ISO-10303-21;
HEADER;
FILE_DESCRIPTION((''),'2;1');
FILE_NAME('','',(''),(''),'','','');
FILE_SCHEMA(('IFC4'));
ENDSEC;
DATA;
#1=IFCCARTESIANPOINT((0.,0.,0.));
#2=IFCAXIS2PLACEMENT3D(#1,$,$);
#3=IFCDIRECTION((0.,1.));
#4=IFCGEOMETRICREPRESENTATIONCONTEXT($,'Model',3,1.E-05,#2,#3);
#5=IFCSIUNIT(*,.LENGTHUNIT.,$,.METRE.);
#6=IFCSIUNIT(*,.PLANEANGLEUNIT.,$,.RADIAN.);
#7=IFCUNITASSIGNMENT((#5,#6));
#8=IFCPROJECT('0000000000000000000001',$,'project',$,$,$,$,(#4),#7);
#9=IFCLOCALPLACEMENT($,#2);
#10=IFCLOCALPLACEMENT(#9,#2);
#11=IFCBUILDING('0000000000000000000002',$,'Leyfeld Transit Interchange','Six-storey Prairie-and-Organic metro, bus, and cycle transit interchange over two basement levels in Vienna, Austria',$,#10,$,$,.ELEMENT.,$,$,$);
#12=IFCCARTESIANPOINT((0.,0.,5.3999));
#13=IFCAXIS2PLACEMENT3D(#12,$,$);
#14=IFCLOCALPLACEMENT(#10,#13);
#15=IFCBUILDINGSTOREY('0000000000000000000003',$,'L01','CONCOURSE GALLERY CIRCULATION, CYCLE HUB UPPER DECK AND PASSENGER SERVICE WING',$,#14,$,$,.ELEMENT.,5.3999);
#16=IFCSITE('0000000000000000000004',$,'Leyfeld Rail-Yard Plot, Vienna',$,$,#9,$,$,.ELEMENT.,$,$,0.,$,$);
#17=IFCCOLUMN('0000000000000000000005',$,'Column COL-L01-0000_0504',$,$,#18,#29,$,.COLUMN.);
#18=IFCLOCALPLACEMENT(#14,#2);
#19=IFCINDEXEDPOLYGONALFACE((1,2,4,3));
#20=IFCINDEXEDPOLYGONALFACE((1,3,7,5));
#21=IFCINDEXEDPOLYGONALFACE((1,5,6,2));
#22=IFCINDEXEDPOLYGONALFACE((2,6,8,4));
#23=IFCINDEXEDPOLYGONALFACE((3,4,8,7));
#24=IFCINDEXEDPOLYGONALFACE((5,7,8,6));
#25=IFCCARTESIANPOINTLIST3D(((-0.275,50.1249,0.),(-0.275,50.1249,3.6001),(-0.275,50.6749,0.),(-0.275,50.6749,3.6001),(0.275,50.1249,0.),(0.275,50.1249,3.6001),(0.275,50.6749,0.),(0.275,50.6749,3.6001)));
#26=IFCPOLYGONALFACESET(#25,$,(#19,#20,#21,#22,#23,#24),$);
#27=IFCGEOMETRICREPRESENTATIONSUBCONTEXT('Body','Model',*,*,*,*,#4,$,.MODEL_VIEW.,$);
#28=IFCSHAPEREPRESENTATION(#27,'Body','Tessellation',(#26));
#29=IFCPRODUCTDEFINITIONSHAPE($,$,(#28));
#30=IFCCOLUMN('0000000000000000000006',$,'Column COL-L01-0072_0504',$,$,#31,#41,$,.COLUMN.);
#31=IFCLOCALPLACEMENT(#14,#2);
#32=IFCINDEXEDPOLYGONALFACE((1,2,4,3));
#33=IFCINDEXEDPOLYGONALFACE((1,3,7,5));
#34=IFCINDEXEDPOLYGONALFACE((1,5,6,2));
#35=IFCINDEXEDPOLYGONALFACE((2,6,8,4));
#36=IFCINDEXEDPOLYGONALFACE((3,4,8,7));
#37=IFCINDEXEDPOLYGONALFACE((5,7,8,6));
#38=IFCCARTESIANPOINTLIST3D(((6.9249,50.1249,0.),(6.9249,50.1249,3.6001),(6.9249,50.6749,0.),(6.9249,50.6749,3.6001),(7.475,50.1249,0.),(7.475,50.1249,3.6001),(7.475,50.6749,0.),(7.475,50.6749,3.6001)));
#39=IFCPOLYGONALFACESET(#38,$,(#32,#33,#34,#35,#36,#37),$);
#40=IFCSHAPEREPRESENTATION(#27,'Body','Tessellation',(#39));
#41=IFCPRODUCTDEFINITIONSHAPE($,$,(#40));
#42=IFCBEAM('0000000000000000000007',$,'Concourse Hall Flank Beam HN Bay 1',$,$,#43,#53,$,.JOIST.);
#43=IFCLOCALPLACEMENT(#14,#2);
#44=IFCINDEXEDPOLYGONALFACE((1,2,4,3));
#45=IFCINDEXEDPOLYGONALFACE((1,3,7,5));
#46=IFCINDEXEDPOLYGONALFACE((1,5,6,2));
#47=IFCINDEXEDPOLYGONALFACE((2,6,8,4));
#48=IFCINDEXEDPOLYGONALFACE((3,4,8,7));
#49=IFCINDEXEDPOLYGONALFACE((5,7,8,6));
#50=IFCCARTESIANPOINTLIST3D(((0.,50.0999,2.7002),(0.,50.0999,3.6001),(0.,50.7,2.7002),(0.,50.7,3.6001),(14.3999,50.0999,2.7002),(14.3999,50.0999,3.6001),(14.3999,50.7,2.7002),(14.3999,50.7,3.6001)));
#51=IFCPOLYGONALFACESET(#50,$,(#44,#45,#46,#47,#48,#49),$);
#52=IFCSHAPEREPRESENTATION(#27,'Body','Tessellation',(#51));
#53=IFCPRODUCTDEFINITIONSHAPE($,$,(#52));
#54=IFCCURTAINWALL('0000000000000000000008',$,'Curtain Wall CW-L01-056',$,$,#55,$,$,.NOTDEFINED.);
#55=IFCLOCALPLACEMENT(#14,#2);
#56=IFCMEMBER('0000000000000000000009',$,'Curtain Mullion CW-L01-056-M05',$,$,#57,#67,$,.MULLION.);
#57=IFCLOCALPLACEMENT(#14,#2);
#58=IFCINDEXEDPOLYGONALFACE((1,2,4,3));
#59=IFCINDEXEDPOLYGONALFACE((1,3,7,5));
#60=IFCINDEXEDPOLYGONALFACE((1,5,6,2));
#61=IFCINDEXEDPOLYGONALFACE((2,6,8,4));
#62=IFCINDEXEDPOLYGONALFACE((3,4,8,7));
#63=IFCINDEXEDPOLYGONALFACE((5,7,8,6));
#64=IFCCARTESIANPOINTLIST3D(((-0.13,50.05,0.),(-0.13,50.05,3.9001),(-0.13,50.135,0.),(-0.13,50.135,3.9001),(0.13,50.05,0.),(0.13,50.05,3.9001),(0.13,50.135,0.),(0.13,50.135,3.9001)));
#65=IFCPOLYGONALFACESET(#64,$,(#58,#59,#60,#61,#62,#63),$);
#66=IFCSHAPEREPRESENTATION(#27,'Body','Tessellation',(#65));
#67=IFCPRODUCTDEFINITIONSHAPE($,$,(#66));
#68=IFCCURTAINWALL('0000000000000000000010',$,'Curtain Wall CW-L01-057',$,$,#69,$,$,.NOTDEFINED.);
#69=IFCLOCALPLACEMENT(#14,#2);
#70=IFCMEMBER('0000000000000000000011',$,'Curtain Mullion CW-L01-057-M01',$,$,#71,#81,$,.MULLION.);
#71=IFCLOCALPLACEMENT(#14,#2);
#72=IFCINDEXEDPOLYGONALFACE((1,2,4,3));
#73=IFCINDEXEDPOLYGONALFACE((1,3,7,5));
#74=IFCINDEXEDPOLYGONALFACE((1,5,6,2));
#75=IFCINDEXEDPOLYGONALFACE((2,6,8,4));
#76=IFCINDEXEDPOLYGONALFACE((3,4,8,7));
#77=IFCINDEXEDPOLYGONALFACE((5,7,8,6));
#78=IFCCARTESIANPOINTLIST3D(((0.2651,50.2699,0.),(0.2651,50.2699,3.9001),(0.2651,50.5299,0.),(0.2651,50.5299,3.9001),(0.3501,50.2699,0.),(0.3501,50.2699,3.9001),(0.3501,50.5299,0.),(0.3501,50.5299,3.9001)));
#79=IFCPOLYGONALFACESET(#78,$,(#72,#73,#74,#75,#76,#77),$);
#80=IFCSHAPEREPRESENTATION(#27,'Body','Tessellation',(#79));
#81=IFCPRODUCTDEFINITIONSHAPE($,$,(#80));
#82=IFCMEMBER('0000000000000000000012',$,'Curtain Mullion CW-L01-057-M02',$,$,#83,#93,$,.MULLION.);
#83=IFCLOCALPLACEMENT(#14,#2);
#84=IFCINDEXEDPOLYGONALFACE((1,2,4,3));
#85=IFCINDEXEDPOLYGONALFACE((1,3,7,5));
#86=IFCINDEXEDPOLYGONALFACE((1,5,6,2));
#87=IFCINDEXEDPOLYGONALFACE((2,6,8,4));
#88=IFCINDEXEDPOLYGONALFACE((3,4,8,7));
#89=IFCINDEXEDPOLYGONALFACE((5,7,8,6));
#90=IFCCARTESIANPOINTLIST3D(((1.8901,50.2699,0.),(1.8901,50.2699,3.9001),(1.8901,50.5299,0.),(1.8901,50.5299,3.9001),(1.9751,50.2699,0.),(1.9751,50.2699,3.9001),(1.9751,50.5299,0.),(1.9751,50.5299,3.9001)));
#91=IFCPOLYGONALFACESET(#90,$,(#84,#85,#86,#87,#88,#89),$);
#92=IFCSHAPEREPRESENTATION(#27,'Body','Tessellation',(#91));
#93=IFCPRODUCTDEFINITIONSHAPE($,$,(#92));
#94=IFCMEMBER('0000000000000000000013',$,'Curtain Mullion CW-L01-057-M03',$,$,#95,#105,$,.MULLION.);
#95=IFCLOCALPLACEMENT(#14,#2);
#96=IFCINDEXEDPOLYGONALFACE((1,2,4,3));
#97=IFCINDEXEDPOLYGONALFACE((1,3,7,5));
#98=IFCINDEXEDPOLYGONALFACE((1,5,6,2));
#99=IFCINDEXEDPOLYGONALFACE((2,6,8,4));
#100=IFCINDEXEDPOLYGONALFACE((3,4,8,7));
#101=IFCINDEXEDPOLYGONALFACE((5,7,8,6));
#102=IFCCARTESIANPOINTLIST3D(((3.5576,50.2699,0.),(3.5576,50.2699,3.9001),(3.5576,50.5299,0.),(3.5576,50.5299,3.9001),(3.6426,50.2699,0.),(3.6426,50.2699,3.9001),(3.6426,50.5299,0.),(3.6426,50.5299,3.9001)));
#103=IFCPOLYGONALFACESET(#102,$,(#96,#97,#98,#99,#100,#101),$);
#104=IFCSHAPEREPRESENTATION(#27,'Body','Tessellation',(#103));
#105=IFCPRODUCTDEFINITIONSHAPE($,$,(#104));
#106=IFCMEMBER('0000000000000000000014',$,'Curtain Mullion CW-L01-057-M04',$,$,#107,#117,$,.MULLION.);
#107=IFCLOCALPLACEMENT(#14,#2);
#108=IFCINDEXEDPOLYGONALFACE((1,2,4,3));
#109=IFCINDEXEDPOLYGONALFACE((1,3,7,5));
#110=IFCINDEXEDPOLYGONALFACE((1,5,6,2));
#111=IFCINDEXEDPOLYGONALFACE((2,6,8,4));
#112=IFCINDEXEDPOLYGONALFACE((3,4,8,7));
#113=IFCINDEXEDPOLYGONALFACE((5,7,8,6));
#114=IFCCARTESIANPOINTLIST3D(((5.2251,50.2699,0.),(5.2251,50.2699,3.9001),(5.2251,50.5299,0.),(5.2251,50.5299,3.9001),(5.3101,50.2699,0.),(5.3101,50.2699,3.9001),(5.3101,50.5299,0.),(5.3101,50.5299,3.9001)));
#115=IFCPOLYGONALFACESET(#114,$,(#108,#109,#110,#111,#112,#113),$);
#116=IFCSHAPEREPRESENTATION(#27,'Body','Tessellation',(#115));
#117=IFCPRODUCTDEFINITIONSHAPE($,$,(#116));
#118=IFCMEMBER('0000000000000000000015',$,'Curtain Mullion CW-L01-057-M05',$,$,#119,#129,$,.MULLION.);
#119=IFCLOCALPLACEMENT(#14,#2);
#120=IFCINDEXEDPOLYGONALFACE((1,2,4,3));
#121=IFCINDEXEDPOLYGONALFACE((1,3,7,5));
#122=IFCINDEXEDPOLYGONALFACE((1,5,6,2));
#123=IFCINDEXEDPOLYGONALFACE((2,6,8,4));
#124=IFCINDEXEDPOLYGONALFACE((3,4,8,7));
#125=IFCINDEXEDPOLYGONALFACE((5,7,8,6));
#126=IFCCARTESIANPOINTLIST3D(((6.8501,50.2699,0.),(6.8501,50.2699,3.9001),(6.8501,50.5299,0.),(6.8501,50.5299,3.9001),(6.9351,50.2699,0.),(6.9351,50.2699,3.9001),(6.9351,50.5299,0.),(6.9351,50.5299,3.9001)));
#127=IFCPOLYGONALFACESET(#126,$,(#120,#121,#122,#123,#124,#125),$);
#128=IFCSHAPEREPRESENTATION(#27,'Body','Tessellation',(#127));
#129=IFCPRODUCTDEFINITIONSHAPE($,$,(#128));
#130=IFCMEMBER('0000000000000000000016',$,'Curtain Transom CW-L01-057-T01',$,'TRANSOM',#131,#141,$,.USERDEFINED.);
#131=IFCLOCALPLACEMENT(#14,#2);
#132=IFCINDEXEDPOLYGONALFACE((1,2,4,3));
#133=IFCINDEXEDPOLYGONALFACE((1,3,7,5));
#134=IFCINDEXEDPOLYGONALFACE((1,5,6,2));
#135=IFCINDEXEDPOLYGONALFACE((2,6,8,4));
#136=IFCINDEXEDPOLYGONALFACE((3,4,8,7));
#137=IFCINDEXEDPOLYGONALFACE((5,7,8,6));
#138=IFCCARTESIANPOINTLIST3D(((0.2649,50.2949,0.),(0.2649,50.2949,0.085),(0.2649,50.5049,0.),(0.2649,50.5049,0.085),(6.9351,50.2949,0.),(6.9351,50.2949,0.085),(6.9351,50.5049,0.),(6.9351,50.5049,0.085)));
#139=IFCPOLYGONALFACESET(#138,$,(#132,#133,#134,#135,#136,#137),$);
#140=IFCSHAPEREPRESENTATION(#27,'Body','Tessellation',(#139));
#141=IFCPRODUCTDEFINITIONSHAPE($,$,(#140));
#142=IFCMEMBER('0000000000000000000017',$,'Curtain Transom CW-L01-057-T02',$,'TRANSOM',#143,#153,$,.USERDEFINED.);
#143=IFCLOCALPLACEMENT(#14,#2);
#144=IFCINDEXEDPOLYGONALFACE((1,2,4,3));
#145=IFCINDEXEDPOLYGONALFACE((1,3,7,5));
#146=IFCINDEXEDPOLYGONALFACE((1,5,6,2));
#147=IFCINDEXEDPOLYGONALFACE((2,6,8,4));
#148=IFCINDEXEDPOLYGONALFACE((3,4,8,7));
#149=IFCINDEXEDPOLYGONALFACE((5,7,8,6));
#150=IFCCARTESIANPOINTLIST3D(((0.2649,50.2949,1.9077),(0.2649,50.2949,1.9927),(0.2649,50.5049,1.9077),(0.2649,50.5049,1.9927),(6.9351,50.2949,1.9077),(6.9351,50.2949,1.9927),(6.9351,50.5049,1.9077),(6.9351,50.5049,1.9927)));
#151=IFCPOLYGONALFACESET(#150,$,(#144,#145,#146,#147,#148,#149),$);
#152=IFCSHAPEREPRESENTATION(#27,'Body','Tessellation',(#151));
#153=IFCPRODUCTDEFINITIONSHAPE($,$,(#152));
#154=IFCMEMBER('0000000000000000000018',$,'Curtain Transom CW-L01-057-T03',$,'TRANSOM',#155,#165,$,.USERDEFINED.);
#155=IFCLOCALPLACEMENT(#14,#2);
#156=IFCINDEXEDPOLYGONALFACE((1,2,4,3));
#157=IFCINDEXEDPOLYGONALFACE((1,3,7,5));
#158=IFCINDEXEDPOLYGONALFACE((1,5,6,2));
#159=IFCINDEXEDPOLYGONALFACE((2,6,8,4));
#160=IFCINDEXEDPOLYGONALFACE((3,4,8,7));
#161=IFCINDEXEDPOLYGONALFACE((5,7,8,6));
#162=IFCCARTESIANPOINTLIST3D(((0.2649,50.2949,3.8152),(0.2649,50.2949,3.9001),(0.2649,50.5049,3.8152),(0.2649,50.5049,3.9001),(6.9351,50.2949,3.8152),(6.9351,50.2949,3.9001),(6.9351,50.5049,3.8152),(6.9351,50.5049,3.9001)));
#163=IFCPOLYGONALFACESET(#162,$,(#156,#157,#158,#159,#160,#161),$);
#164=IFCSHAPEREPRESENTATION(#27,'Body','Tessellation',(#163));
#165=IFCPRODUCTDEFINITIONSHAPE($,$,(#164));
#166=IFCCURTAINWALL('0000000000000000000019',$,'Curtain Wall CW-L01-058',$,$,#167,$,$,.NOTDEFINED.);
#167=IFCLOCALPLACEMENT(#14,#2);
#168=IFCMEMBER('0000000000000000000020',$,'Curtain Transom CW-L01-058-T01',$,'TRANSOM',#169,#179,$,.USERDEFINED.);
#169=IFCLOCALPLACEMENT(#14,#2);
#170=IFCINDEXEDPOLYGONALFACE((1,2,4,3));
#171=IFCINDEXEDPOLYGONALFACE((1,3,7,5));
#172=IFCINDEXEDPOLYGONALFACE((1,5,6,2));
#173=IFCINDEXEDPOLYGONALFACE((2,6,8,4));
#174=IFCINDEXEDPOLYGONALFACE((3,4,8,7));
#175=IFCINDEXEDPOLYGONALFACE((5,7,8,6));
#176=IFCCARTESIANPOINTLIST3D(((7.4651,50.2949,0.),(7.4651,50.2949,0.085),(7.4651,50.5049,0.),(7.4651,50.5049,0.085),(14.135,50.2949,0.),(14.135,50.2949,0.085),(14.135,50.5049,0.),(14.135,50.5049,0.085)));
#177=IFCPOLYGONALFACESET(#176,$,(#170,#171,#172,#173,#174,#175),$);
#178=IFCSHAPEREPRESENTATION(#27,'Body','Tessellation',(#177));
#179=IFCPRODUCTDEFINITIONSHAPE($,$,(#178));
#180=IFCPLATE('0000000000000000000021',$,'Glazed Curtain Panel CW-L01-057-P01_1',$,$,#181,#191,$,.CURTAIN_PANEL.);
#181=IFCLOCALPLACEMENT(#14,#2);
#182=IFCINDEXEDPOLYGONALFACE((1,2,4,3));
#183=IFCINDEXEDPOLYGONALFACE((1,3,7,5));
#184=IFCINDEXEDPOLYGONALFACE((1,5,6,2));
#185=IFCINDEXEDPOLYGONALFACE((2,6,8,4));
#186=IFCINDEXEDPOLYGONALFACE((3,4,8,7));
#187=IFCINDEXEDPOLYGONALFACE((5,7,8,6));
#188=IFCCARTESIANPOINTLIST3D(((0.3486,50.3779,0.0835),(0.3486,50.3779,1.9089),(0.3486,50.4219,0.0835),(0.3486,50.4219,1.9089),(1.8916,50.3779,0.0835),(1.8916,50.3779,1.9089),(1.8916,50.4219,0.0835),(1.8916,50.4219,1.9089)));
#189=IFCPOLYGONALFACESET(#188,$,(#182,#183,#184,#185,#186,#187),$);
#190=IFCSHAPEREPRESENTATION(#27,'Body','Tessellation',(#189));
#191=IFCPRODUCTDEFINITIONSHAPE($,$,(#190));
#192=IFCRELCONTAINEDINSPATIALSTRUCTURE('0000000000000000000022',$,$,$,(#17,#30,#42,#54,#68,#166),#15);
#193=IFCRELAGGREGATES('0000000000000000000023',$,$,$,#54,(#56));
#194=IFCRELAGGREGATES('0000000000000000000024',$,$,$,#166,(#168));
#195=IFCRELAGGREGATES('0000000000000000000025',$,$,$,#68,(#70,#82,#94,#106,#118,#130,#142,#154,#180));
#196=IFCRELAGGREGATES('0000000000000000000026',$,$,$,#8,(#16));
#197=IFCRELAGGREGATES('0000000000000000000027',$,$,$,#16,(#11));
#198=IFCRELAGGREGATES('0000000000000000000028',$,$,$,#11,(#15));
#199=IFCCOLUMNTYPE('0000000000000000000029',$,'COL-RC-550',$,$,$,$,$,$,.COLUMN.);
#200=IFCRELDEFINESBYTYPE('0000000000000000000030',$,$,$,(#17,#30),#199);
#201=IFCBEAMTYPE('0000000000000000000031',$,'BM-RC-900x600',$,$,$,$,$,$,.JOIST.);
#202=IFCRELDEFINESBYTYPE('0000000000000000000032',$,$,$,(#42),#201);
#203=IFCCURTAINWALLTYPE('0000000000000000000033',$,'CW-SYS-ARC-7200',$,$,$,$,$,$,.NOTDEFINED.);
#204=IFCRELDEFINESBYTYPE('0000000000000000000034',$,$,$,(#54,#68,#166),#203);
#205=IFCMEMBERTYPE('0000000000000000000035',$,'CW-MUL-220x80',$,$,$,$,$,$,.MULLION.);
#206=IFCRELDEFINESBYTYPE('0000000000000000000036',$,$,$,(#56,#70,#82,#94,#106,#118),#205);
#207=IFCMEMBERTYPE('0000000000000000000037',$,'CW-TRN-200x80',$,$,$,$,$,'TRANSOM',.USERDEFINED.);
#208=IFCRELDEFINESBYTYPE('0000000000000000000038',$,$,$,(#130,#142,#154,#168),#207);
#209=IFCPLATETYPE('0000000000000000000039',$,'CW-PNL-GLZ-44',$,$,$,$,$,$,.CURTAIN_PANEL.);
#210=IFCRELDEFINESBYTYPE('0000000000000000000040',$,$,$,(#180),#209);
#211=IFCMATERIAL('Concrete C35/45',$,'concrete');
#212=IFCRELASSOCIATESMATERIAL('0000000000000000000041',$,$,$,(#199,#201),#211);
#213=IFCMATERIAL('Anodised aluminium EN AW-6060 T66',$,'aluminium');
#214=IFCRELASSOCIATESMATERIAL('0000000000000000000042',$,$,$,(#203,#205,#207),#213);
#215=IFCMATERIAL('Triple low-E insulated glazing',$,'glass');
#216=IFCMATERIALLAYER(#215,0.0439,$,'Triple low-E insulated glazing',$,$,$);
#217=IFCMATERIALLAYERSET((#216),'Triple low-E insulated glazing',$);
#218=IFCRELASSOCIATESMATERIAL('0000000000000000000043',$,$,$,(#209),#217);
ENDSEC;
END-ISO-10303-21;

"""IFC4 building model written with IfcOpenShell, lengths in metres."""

from ifc_helpers import new_model, si_unit, direction, frame, origin, origin_2d, place, context, subcontext, project, spatial, rectangle, extrude, material, layer, layer_set, material_profile, profile_set, type_object, element, aggregate, save


model = new_model("IFC4")

# Units and contexts
model_context = context("Model", 3, precision=1e-05, world=origin(), true_north=direction((0.0, 1.0)))
body_context = subcontext(model_context, "Body", "Model", "MODEL_VIEW")
ifc_project = project(units=[si_unit("LENGTHUNIT", "METRE"), si_unit("PLANEANGLEUNIT", "RADIAN")], contexts=[model_context])

# Site, building, storey
site_placement = place(None, origin())
site = spatial("IfcSite", under=ifc_project, at=site_placement, Name="Leyfeld Rail-Yard Plot, Vienna", CompositionType="ELEMENT", RefElevation=0.0)
building_placement = place(site_placement, origin())
building = spatial("IfcBuilding", under=site, at=building_placement, Name="Leyfeld Transit Interchange", Description="Six-storey Prairie-and-Organic metro, bus, and cycle transit interchange over two basement levels in Vienna, Austria", CompositionType="ELEMENT")
storey_placement = place(building_placement, frame((0.0, 0.0, 5.3999)))
storey = spatial("IfcBuildingStorey", under=building, at=storey_placement, Name="L01", Description="CONCOURSE GALLERY CIRCULATION, CYCLE HUB UPPER DECK AND PASSENGER SERVICE WING", CompositionType="ELEMENT", Elevation=5.3999)

# Columns
ifc_material_1 = material(Name="Concrete C35/45", Category="concrete")
ifc_material_profile_1 = material_profile(ifc_material_1, rectangle(XDim=0.55, YDim=0.55, at=origin_2d()), Name="RC 550x550")
ifc_profile_set_1 = profile_set([ifc_material_profile_1], Name="Concrete C35/45")
column_type = type_object("IfcColumnType", Name="COL-RC-550", PredefinedType="COLUMN", material=ifc_profile_set_1)
for number, where, z_axis, x_axis, name in (
    (1, (0.0, 50.3999, 0.0), (0.0, 0.0, 1.0), (1.0, 0.0, 0.0), "Column COL-L01-0000_0504"),
    (2, (7.2, 50.3999, 0.0), (0.0, 0.0, 1.0), (1.0, 0.0, 0.0), "Column COL-L01-0072_0504"),
):
    element("IfcColumn", number, at=place(storey_placement, frame(where, z_axis=z_axis, x_axis=x_axis)), inside=storey, type_object=column_type, Name=name, PredefinedType="COLUMN", context=body_context, shape_type="SweptSolid", body=[
        extrude(rectangle(XDim=0.55, YDim=0.55, at=origin_2d()), origin(), (0.0, 0.0, 1.0), 3.6001),
    ])

# Beam
ifc_material_profile_2 = material_profile(ifc_material_1, rectangle(XDim=0.6001, YDim=0.8999, at=origin_2d()), Name="RC 900x600")
ifc_profile_set_2 = profile_set([ifc_material_profile_2], Name="Concrete C35/45")
beam_type = type_object("IfcBeamType", Name="BM-RC-900x600", PredefinedType="JOIST", material=ifc_profile_set_2)
beam_placement = place(storey_placement, frame((0.0, 50.3999, 3.1501), z_axis=(1.0, 0.0, 0.0), x_axis=(0.0, 1.0, 0.0)))
element("IfcBeam", 3, at=beam_placement, inside=storey, type_object=beam_type, Name="Concourse Hall Flank Beam HN Bay 1", PredefinedType="JOIST", context=body_context, shape_type="SweptSolid", body=[
    extrude(rectangle(XDim=0.6001, YDim=0.8999, at=origin_2d()), origin(), (0.0, 0.0, 1.0), 14.3999),
])

# Curtain wall, member
ifc_material_2 = material(Name="Anodised aluminium EN AW-6060 T66", Category="aluminium")
curtain_wall_type = type_object("IfcCurtainWallType", Name="CW-SYS-ARC-7200", PredefinedType="NOTDEFINED", material=ifc_material_2)
curtain_wall_1_placement = place(storey_placement, origin())
curtain_wall_1 = element("IfcCurtainWall", 4, at=curtain_wall_1_placement, inside=storey, type_object=curtain_wall_type, Name="Curtain Wall CW-L01-056", PredefinedType="NOTDEFINED")
ifc_material_profile_3 = material_profile(ifc_material_2, rectangle(XDim=0.085, YDim=0.26, at=origin_2d()), Name="CW-M 85x260")
ifc_profile_set_3 = profile_set([ifc_material_profile_3], Name="Anodised aluminium EN AW-6060 T66")
member_type_1 = type_object("IfcMemberType", Name="CW-MUL-220x80", PredefinedType="MULLION", material=ifc_profile_set_3)
member_1_placement = place(storey_placement, frame((0.0, 50.0925, 0.0), z_axis=(0.0, 0.0, 1.0), x_axis=(0.0, 1.0, 0.0)))
member_1 = element("IfcMember", 5, at=member_1_placement, type_object=member_type_1, Name="Curtain Mullion CW-L01-056-M05", PredefinedType="MULLION", context=body_context, shape_type="SweptSolid", body=[
    extrude(rectangle(XDim=0.085, YDim=0.26, at=origin_2d()), origin(), (0.0, 0.0, 1.0), 3.9001),
])
aggregate(curtain_wall_1, [member_1])

# Curtain wall, members
curtain_wall_2_placement = place(storey_placement, origin())
curtain_wall_2 = element("IfcCurtainWall", 6, at=curtain_wall_2_placement, inside=storey, type_object=curtain_wall_type, Name="Curtain Wall CW-L01-057", PredefinedType="NOTDEFINED")
member_2_placement = place(storey_placement, frame((0.3076, 50.3999, 0.0), z_axis=(0.0, 0.0, 1.0), x_axis=(1.0, 0.0, 0.0)))
member_2 = element("IfcMember", 7, at=member_2_placement, type_object=member_type_1, Name="Curtain Mullion CW-L01-057-M01", PredefinedType="MULLION", context=body_context, shape_type="SweptSolid", body=[
    extrude(rectangle(XDim=0.085, YDim=0.26, at=origin_2d()), origin(), (0.0, 0.0, 1.0), 3.9001),
])
member_3_placement = place(storey_placement, frame((1.9326, 50.3999, 0.0), z_axis=(0.0, 0.0, 1.0), x_axis=(1.0, 0.0, 0.0)))
member_3 = element("IfcMember", 8, at=member_3_placement, type_object=member_type_1, Name="Curtain Mullion CW-L01-057-M02", PredefinedType="MULLION", context=body_context, shape_type="SweptSolid", body=[
    extrude(rectangle(XDim=0.085, YDim=0.26, at=origin_2d()), origin(), (0.0, 0.0, 1.0), 3.9001),
])
member_4_placement = place(storey_placement, frame((3.6001, 50.3999, 0.0), z_axis=(0.0, 0.0, 1.0), x_axis=(1.0, 0.0, 0.0)))
member_4 = element("IfcMember", 9, at=member_4_placement, type_object=member_type_1, Name="Curtain Mullion CW-L01-057-M03", PredefinedType="MULLION", context=body_context, shape_type="SweptSolid", body=[
    extrude(rectangle(XDim=0.085, YDim=0.26, at=origin_2d()), origin(), (0.0, 0.0, 1.0), 3.9001),
])
member_5_placement = place(storey_placement, frame((5.2676, 50.3999, 0.0), z_axis=(0.0, 0.0, 1.0), x_axis=(1.0, 0.0, 0.0)))
member_5 = element("IfcMember", 10, at=member_5_placement, type_object=member_type_1, Name="Curtain Mullion CW-L01-057-M04", PredefinedType="MULLION", context=body_context, shape_type="SweptSolid", body=[
    extrude(rectangle(XDim=0.085, YDim=0.26, at=origin_2d()), origin(), (0.0, 0.0, 1.0), 3.9001),
])
member_6_placement = place(storey_placement, frame((6.8926, 50.3999, 0.0), z_axis=(0.0, 0.0, 1.0), x_axis=(1.0, 0.0, 0.0)))
member_6 = element("IfcMember", 11, at=member_6_placement, type_object=member_type_1, Name="Curtain Mullion CW-L01-057-M05", PredefinedType="MULLION", context=body_context, shape_type="SweptSolid", body=[
    extrude(rectangle(XDim=0.085, YDim=0.26, at=origin_2d()), origin(), (0.0, 0.0, 1.0), 3.9001),
])
ifc_material_profile_4 = material_profile(ifc_material_2, rectangle(XDim=0.21, YDim=0.085, at=origin_2d()), Name="CW-TRN-200x80")
ifc_profile_set_4 = profile_set([ifc_material_profile_4], Name="Anodised aluminium EN AW-6060 T66")
member_type_2 = type_object("IfcMemberType", Name="CW-TRN-200x80", ElementType="TRANSOM", PredefinedType="USERDEFINED", material=ifc_profile_set_4)
member_7_placement = place(storey_placement, frame((0.2649, 50.3999, 0.0425), z_axis=(1.0, 0.0, 0.0), x_axis=(0.0, 1.0, 0.0)))
member_7 = element("IfcMember", 12, at=member_7_placement, type_object=member_type_2, Name="Curtain Transom CW-L01-057-T01", ObjectType="TRANSOM", PredefinedType="USERDEFINED", context=body_context, shape_type="SweptSolid", body=[
    extrude(rectangle(XDim=0.21, YDim=0.085, at=origin_2d()), origin(), (0.0, 0.0, 1.0), 6.6702),
])
member_8_placement = place(storey_placement, frame((0.2649, 50.3999, 1.9502), z_axis=(1.0, 0.0, 0.0), x_axis=(0.0, 1.0, 0.0)))
member_8 = element("IfcMember", 13, at=member_8_placement, type_object=member_type_2, Name="Curtain Transom CW-L01-057-T02", ObjectType="TRANSOM", PredefinedType="USERDEFINED", context=body_context, shape_type="SweptSolid", body=[
    extrude(rectangle(XDim=0.21, YDim=0.085, at=origin_2d()), origin(), (0.0, 0.0, 1.0), 6.6702),
])
member_9_placement = place(storey_placement, frame((0.2649, 50.3999, 3.8577), z_axis=(1.0, 0.0, 0.0), x_axis=(0.0, 1.0, 0.0)))
member_9 = element("IfcMember", 14, at=member_9_placement, type_object=member_type_2, Name="Curtain Transom CW-L01-057-T03", ObjectType="TRANSOM", PredefinedType="USERDEFINED", context=body_context, shape_type="SweptSolid", body=[
    extrude(rectangle(XDim=0.21, YDim=0.085, at=origin_2d()), origin(), (0.0, 0.0, 1.0), 6.6702),
])

# Curtain wall, member
curtain_wall_3_placement = place(storey_placement, origin())
curtain_wall_3 = element("IfcCurtainWall", 15, at=curtain_wall_3_placement, inside=storey, type_object=curtain_wall_type, Name="Curtain Wall CW-L01-058", PredefinedType="NOTDEFINED")
member_10_placement = place(storey_placement, frame((7.4651, 50.3999, 0.0425), z_axis=(1.0, 0.0, 0.0), x_axis=(0.0, 1.0, 0.0)))
member_10 = element("IfcMember", 16, at=member_10_placement, type_object=member_type_2, Name="Curtain Transom CW-L01-058-T01", ObjectType="TRANSOM", PredefinedType="USERDEFINED", context=body_context, shape_type="SweptSolid", body=[
    extrude(rectangle(XDim=0.21, YDim=0.085, at=origin_2d()), origin(), (0.0, 0.0, 1.0), 6.6699),
])
aggregate(curtain_wall_3, [member_10])

# Plate
ifc_material_3 = material(Name="Triple low-E insulated glazing", Category="glass")
ifc_layer_1 = layer(ifc_material_3, 0.0439, Name="Triple low-E insulated glazing")
ifc_layer_set_1 = layer_set([ifc_layer_1], Name="Triple low-E insulated glazing")
plate_type = type_object("IfcPlateType", Name="CW-PNL-GLZ-44", PredefinedType="CURTAIN_PANEL", material=ifc_layer_set_1)
plate_1_placement = place(storey_placement, frame((1.1201, 50.3999, 0.0835), z_axis=(0.0, 0.0, 1.0), x_axis=(1.0, 0.0, 0.0)))
plate_1 = element("IfcPlate", 17, at=plate_1_placement, type_object=plate_type, Name="Glazed Curtain Panel CW-L01-057-P01_1", PredefinedType="CURTAIN_PANEL", context=body_context, shape_type="SweptSolid", body=[
    extrude(rectangle(XDim=1.543, YDim=0.0439, at=origin_2d()), origin(), (0.0, 0.0, 1.0), 1.8254),
])
aggregate(curtain_wall_2, [member_2, member_3, member_4, member_5, member_6, member_7, member_8, member_9, plate_1])

save(model, "model.ifc")
